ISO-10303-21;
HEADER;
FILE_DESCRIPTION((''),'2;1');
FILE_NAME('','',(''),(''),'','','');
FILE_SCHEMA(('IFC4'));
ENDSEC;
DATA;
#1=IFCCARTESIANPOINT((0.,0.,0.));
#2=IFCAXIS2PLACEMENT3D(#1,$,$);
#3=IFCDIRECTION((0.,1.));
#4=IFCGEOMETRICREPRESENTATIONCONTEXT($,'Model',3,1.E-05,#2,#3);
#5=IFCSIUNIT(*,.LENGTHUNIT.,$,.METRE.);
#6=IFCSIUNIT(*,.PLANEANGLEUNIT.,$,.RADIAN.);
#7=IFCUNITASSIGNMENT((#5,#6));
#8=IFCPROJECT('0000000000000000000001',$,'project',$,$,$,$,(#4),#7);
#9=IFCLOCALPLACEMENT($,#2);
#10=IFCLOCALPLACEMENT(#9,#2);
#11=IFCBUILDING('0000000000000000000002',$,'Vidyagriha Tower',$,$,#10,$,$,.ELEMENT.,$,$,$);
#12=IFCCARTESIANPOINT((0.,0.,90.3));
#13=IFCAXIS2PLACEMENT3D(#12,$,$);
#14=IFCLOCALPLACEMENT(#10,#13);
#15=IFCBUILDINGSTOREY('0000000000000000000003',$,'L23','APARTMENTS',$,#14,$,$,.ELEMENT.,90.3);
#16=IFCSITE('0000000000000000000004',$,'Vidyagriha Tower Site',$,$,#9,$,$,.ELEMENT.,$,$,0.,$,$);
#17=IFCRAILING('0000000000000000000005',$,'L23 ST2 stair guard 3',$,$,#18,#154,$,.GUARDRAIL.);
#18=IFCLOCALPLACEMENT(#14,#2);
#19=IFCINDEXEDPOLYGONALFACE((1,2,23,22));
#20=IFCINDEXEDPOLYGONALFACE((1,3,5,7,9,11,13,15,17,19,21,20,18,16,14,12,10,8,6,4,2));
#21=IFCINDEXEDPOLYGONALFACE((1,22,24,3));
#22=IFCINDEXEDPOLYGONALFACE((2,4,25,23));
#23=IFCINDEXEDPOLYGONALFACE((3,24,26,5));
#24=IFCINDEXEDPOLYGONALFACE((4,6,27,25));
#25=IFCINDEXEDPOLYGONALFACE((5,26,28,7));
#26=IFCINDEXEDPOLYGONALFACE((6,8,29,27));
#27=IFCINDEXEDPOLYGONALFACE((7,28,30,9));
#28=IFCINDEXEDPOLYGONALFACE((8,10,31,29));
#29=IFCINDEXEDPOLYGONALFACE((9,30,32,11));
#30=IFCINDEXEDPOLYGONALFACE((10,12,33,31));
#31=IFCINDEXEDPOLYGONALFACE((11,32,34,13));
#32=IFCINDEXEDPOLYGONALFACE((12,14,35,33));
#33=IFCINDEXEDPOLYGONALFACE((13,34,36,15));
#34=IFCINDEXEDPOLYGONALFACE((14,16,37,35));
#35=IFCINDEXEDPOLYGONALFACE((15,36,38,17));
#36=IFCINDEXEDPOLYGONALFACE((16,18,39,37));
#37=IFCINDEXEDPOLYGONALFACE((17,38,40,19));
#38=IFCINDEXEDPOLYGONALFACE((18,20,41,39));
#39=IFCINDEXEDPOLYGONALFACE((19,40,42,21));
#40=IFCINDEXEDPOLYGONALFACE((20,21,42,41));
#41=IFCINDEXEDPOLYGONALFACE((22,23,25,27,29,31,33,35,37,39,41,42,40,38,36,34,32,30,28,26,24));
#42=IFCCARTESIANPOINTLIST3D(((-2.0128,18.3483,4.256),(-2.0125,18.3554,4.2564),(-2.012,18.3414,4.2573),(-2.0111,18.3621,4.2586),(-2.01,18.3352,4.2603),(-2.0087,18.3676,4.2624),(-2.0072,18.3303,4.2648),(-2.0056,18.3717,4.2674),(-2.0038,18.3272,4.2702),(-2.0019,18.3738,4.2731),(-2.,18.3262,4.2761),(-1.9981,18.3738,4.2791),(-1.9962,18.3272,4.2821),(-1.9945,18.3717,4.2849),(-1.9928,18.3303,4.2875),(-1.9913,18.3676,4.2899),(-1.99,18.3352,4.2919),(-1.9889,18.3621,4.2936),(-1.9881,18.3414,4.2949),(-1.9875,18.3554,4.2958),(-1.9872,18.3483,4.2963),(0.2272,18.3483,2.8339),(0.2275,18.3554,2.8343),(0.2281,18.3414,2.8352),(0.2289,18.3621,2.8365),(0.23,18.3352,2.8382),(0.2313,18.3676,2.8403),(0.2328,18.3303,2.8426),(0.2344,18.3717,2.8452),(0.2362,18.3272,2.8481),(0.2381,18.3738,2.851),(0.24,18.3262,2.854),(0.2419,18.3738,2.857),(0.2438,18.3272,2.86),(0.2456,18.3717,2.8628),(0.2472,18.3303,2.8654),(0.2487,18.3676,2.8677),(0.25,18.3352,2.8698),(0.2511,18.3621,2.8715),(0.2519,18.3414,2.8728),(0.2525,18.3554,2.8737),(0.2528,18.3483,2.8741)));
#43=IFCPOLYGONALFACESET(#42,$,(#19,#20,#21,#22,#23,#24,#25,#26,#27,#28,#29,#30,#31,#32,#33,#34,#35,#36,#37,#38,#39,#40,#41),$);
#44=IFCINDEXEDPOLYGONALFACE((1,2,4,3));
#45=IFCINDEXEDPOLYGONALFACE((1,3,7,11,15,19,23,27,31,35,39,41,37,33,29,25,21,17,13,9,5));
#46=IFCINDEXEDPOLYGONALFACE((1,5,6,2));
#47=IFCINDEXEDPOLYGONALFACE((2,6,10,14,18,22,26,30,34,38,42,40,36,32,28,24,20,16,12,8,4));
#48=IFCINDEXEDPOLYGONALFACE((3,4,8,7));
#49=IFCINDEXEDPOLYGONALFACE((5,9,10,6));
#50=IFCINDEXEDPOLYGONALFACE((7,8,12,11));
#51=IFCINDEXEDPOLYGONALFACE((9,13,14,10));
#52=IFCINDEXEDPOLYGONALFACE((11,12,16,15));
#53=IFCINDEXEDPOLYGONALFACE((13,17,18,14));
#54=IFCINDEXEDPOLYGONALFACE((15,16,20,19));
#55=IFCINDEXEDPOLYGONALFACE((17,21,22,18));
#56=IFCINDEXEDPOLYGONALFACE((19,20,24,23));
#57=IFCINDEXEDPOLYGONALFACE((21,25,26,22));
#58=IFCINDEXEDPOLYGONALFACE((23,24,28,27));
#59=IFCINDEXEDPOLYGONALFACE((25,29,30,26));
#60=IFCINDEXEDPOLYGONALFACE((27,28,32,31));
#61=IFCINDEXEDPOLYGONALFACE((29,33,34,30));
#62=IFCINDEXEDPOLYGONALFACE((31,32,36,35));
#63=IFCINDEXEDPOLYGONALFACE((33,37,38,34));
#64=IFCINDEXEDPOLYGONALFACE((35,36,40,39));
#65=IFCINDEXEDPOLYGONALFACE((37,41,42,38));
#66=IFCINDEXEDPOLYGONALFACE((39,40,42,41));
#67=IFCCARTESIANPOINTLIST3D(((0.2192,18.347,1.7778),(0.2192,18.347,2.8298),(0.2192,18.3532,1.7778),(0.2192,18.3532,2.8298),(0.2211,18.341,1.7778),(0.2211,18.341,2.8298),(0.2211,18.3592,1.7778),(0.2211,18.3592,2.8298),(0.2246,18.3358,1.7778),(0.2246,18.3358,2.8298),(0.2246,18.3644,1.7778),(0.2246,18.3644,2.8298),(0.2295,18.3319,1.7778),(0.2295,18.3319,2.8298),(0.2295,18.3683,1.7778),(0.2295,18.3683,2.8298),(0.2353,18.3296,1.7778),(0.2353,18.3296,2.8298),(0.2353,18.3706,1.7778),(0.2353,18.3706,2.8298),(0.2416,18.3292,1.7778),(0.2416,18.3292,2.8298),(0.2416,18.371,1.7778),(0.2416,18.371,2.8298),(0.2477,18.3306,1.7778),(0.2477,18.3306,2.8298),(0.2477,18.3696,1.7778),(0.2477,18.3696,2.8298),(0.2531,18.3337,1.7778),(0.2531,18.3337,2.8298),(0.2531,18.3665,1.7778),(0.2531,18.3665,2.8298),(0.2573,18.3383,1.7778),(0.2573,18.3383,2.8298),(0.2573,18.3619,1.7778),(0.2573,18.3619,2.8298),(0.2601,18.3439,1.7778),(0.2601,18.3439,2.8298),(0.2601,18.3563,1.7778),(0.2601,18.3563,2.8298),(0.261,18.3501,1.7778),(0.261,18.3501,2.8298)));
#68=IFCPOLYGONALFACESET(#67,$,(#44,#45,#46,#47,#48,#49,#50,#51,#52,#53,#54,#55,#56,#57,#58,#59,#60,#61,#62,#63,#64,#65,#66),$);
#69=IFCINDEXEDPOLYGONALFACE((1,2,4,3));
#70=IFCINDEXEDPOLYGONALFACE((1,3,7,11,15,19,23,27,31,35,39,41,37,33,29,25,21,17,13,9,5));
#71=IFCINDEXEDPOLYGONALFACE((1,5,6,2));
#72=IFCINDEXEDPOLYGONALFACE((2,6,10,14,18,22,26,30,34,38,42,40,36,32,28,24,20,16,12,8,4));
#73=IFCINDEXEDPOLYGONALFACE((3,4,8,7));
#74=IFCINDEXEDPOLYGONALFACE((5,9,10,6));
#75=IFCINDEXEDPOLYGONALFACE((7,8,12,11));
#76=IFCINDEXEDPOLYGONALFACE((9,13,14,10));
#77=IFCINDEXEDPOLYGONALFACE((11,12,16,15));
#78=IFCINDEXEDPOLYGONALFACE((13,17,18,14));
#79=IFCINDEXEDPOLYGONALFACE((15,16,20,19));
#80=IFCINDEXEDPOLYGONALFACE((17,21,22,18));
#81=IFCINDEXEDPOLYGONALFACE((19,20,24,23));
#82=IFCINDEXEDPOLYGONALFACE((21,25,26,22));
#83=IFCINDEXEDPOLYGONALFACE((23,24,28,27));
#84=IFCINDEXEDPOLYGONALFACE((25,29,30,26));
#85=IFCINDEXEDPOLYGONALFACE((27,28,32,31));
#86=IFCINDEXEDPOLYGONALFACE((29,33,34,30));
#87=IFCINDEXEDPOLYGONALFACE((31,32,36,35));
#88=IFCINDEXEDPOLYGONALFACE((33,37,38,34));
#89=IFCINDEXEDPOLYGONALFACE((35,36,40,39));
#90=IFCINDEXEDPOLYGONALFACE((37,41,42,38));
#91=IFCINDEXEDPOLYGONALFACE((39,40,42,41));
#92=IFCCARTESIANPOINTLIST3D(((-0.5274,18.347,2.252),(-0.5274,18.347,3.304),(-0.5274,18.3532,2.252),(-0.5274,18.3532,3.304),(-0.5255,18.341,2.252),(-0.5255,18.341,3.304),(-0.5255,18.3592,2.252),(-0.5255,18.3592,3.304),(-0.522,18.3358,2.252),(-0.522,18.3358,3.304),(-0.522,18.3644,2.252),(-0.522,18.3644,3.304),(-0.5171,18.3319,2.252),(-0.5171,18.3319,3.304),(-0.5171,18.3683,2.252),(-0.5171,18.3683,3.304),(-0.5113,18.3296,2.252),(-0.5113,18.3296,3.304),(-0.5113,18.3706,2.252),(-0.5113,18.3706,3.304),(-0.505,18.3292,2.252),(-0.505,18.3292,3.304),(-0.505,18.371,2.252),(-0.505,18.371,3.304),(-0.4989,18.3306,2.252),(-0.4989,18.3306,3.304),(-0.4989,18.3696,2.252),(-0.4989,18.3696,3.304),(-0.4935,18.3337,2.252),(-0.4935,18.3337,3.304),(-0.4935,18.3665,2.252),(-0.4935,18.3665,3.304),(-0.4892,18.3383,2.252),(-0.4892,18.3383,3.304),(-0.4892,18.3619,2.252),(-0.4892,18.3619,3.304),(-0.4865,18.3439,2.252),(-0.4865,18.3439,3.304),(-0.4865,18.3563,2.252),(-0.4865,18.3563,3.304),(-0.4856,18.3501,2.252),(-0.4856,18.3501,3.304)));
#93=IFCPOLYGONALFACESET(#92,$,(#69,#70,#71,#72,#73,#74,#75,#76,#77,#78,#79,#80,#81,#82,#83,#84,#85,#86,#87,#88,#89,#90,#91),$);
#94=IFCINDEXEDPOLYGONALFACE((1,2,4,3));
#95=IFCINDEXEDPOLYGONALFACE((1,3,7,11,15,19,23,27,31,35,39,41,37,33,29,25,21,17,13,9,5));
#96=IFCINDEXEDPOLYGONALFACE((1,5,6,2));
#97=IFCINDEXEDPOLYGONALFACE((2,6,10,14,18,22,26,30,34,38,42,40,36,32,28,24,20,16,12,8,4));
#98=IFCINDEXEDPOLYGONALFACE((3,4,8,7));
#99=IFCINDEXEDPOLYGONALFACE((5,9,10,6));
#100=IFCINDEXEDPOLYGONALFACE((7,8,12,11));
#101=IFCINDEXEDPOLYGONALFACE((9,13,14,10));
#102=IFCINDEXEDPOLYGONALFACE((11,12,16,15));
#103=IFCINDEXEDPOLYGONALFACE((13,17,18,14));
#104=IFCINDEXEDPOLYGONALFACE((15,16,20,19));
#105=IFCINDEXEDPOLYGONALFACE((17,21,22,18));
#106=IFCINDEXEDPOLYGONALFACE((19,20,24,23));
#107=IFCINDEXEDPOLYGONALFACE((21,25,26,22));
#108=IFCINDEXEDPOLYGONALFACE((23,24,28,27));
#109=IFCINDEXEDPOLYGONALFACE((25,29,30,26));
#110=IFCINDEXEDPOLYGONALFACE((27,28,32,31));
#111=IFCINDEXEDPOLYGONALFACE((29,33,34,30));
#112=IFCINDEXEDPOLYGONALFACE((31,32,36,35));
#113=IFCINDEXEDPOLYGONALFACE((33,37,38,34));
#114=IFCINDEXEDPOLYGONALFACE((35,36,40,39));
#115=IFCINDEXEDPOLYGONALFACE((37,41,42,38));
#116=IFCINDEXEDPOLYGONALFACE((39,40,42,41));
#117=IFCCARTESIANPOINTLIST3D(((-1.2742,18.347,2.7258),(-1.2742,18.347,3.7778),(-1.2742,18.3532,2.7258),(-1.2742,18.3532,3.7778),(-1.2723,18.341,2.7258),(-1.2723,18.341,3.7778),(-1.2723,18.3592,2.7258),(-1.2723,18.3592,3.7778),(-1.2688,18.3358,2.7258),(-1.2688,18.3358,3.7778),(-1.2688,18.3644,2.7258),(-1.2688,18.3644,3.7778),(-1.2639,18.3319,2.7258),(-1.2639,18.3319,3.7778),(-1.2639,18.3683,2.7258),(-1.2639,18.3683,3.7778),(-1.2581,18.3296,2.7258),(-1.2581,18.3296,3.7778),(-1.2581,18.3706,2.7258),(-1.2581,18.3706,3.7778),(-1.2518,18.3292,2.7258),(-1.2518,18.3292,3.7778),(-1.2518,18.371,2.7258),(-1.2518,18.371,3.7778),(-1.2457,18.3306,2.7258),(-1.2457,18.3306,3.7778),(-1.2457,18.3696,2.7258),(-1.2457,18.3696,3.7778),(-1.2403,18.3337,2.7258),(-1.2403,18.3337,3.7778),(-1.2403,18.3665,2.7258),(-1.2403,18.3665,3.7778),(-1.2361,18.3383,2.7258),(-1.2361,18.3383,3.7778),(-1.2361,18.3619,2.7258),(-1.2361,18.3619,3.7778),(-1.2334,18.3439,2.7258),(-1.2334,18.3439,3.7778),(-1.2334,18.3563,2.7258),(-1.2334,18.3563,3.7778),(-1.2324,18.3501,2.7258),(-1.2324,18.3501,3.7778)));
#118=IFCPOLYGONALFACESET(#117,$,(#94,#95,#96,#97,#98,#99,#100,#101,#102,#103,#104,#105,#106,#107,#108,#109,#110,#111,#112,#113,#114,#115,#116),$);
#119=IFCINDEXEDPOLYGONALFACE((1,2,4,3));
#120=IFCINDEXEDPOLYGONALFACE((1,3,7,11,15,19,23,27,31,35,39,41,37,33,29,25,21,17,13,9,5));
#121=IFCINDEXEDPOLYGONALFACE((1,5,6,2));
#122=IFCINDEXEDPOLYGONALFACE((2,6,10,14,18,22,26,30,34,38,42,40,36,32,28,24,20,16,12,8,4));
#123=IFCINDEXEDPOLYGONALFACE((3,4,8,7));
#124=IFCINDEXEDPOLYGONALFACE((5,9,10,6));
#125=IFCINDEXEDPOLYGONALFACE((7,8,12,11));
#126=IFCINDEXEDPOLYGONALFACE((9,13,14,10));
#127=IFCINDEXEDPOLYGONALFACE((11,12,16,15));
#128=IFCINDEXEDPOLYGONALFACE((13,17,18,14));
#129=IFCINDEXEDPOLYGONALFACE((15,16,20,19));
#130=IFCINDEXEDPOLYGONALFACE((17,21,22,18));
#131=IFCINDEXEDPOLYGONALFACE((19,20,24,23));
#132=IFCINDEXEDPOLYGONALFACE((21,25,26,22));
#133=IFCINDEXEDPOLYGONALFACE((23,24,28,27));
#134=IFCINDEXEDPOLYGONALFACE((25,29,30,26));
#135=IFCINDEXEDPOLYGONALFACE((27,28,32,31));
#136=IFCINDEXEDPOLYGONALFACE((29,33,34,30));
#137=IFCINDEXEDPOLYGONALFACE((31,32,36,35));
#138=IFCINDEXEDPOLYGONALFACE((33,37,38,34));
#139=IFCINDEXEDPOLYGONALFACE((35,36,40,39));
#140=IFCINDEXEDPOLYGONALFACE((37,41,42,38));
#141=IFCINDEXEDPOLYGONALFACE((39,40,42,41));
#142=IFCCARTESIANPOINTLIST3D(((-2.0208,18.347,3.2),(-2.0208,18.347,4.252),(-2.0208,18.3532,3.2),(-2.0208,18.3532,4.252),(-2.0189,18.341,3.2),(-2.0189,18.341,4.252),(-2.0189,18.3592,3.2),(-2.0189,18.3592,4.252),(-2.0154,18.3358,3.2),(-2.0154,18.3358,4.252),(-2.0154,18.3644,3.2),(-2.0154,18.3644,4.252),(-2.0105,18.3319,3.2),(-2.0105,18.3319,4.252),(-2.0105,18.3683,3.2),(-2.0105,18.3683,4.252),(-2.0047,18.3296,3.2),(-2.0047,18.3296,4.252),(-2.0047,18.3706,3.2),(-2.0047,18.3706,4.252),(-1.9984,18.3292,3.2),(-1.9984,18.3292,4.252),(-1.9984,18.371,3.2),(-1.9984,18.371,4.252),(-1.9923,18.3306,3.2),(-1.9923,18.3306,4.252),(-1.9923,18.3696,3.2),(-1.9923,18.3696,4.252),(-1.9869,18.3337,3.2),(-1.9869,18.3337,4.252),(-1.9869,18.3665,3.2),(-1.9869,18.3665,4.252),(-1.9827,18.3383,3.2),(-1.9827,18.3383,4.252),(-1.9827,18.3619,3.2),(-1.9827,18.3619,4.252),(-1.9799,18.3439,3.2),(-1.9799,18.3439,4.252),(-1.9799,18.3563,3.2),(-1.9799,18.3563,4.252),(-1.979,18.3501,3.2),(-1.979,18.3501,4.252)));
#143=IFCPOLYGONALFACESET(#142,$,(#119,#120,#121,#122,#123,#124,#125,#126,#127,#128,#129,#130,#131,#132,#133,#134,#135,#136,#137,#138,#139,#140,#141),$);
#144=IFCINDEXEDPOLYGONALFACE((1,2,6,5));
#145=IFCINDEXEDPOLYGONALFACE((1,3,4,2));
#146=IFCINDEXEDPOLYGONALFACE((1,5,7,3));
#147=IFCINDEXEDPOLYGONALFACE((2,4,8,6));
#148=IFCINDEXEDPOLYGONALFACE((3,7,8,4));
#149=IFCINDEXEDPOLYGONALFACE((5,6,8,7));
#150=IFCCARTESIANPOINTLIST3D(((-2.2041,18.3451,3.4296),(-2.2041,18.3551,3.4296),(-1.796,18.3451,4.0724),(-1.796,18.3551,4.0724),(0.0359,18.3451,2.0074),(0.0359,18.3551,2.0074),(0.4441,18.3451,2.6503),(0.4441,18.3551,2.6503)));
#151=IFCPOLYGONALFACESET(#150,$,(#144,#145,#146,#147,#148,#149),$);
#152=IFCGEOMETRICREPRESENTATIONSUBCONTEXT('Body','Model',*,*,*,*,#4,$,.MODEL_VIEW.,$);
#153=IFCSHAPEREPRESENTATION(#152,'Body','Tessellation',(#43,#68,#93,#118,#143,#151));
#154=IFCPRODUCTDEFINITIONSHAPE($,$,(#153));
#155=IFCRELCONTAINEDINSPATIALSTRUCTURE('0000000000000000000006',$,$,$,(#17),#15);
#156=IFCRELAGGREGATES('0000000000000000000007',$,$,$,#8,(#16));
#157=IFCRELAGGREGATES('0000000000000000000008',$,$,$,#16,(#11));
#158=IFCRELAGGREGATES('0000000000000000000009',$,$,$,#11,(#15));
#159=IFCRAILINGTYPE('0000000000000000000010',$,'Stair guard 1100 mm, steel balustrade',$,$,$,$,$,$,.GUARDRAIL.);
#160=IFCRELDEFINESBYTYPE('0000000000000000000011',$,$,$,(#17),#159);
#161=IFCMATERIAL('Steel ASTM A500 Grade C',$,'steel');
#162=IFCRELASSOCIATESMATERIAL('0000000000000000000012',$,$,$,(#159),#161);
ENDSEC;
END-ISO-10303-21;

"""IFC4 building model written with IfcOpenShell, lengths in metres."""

from ifc_helpers import new_model, si_unit, direction, frame, origin, origin_2d, place, context, subcontext, project, spatial, rectangle, circle, extrude, material, type_object, element, save


model = new_model("IFC4")

# Units and contexts
model_context = context("Model", 3, precision=1e-05, world=origin(), true_north=direction((0.0, 1.0)))
body_context = subcontext(model_context, "Body", "Model", "MODEL_VIEW")
ifc_project = project(units=[si_unit("LENGTHUNIT", "METRE"), si_unit("PLANEANGLEUNIT", "RADIAN")], contexts=[model_context])

# Site, building, storey
site_placement = place(None, origin())
site = spatial("IfcSite", under=ifc_project, at=site_placement, Name="Vidyagriha Tower Site", CompositionType="ELEMENT", RefElevation=0.0)
building_placement = place(site_placement, origin())
building = spatial("IfcBuilding", under=site, at=building_placement, Name="Vidyagriha Tower", CompositionType="ELEMENT")
storey_placement = place(building_placement, frame((0.0, 0.0, 90.3)))
storey = spatial("IfcBuildingStorey", under=building, at=storey_placement, Name="L23", Description="APARTMENTS", CompositionType="ELEMENT", Elevation=90.3)

# Railing
ifc_material_1 = material(Name="Steel ASTM A500 Grade C", Category="steel")
railing_type_1 = type_object("IfcRailingType", Name="Stair guard 1100 mm, steel balustrade", PredefinedType="GUARDRAIL", material=ifc_material_1)
railing_1_placement = place(storey_placement, frame((0.24, 18.3501, 1.7778)))
element("IfcRailing", 1, at=railing_1_placement, inside=storey, type_object=railing_type_1, Name="L23 ST2 stair guard 3", PredefinedType="GUARDRAIL", context=body_context, shape_type="SweptSolid", body=[
    extrude(circle(Radius=0.0239, at=origin_2d()), frame((0.0, 0.0, 1.0762), z_axis=(-0.844229, 0.0, 0.535982), x_axis=(0.0, -1.0, 0.0)), (0.0, 0.0, 1.0), 2.6533),
    extrude(circle(Radius=0.021, at=origin_2d()), origin(), (0.0, 0.0, 1.0), 1.052),
    extrude(circle(Radius=0.021, at=origin_2d()), frame((-0.7466, 0.0, 0.4741)), (0.0, 0.0, 1.0), 1.052),
    extrude(circle(Radius=0.021, at=origin_2d()), frame((-1.4934, 0.0, 0.948)), (0.0, 0.0, 1.0), 1.052),
    extrude(circle(Radius=0.021, at=origin_2d()), frame((-2.24, 0.0, 1.4221)), (0.0, 0.0, 1.0), 1.052),
    extrude(rectangle(XDim=0.01, YDim=0.7615, at=origin_2d()), frame((0.0, 0.0, 0.551), z_axis=(-0.844229, 0.0, 0.535982), x_axis=(0.0, -1.0, 0.0)), (0.0, 0.0, 1.0), 2.6533),
])

save(model, "model.ifc")
